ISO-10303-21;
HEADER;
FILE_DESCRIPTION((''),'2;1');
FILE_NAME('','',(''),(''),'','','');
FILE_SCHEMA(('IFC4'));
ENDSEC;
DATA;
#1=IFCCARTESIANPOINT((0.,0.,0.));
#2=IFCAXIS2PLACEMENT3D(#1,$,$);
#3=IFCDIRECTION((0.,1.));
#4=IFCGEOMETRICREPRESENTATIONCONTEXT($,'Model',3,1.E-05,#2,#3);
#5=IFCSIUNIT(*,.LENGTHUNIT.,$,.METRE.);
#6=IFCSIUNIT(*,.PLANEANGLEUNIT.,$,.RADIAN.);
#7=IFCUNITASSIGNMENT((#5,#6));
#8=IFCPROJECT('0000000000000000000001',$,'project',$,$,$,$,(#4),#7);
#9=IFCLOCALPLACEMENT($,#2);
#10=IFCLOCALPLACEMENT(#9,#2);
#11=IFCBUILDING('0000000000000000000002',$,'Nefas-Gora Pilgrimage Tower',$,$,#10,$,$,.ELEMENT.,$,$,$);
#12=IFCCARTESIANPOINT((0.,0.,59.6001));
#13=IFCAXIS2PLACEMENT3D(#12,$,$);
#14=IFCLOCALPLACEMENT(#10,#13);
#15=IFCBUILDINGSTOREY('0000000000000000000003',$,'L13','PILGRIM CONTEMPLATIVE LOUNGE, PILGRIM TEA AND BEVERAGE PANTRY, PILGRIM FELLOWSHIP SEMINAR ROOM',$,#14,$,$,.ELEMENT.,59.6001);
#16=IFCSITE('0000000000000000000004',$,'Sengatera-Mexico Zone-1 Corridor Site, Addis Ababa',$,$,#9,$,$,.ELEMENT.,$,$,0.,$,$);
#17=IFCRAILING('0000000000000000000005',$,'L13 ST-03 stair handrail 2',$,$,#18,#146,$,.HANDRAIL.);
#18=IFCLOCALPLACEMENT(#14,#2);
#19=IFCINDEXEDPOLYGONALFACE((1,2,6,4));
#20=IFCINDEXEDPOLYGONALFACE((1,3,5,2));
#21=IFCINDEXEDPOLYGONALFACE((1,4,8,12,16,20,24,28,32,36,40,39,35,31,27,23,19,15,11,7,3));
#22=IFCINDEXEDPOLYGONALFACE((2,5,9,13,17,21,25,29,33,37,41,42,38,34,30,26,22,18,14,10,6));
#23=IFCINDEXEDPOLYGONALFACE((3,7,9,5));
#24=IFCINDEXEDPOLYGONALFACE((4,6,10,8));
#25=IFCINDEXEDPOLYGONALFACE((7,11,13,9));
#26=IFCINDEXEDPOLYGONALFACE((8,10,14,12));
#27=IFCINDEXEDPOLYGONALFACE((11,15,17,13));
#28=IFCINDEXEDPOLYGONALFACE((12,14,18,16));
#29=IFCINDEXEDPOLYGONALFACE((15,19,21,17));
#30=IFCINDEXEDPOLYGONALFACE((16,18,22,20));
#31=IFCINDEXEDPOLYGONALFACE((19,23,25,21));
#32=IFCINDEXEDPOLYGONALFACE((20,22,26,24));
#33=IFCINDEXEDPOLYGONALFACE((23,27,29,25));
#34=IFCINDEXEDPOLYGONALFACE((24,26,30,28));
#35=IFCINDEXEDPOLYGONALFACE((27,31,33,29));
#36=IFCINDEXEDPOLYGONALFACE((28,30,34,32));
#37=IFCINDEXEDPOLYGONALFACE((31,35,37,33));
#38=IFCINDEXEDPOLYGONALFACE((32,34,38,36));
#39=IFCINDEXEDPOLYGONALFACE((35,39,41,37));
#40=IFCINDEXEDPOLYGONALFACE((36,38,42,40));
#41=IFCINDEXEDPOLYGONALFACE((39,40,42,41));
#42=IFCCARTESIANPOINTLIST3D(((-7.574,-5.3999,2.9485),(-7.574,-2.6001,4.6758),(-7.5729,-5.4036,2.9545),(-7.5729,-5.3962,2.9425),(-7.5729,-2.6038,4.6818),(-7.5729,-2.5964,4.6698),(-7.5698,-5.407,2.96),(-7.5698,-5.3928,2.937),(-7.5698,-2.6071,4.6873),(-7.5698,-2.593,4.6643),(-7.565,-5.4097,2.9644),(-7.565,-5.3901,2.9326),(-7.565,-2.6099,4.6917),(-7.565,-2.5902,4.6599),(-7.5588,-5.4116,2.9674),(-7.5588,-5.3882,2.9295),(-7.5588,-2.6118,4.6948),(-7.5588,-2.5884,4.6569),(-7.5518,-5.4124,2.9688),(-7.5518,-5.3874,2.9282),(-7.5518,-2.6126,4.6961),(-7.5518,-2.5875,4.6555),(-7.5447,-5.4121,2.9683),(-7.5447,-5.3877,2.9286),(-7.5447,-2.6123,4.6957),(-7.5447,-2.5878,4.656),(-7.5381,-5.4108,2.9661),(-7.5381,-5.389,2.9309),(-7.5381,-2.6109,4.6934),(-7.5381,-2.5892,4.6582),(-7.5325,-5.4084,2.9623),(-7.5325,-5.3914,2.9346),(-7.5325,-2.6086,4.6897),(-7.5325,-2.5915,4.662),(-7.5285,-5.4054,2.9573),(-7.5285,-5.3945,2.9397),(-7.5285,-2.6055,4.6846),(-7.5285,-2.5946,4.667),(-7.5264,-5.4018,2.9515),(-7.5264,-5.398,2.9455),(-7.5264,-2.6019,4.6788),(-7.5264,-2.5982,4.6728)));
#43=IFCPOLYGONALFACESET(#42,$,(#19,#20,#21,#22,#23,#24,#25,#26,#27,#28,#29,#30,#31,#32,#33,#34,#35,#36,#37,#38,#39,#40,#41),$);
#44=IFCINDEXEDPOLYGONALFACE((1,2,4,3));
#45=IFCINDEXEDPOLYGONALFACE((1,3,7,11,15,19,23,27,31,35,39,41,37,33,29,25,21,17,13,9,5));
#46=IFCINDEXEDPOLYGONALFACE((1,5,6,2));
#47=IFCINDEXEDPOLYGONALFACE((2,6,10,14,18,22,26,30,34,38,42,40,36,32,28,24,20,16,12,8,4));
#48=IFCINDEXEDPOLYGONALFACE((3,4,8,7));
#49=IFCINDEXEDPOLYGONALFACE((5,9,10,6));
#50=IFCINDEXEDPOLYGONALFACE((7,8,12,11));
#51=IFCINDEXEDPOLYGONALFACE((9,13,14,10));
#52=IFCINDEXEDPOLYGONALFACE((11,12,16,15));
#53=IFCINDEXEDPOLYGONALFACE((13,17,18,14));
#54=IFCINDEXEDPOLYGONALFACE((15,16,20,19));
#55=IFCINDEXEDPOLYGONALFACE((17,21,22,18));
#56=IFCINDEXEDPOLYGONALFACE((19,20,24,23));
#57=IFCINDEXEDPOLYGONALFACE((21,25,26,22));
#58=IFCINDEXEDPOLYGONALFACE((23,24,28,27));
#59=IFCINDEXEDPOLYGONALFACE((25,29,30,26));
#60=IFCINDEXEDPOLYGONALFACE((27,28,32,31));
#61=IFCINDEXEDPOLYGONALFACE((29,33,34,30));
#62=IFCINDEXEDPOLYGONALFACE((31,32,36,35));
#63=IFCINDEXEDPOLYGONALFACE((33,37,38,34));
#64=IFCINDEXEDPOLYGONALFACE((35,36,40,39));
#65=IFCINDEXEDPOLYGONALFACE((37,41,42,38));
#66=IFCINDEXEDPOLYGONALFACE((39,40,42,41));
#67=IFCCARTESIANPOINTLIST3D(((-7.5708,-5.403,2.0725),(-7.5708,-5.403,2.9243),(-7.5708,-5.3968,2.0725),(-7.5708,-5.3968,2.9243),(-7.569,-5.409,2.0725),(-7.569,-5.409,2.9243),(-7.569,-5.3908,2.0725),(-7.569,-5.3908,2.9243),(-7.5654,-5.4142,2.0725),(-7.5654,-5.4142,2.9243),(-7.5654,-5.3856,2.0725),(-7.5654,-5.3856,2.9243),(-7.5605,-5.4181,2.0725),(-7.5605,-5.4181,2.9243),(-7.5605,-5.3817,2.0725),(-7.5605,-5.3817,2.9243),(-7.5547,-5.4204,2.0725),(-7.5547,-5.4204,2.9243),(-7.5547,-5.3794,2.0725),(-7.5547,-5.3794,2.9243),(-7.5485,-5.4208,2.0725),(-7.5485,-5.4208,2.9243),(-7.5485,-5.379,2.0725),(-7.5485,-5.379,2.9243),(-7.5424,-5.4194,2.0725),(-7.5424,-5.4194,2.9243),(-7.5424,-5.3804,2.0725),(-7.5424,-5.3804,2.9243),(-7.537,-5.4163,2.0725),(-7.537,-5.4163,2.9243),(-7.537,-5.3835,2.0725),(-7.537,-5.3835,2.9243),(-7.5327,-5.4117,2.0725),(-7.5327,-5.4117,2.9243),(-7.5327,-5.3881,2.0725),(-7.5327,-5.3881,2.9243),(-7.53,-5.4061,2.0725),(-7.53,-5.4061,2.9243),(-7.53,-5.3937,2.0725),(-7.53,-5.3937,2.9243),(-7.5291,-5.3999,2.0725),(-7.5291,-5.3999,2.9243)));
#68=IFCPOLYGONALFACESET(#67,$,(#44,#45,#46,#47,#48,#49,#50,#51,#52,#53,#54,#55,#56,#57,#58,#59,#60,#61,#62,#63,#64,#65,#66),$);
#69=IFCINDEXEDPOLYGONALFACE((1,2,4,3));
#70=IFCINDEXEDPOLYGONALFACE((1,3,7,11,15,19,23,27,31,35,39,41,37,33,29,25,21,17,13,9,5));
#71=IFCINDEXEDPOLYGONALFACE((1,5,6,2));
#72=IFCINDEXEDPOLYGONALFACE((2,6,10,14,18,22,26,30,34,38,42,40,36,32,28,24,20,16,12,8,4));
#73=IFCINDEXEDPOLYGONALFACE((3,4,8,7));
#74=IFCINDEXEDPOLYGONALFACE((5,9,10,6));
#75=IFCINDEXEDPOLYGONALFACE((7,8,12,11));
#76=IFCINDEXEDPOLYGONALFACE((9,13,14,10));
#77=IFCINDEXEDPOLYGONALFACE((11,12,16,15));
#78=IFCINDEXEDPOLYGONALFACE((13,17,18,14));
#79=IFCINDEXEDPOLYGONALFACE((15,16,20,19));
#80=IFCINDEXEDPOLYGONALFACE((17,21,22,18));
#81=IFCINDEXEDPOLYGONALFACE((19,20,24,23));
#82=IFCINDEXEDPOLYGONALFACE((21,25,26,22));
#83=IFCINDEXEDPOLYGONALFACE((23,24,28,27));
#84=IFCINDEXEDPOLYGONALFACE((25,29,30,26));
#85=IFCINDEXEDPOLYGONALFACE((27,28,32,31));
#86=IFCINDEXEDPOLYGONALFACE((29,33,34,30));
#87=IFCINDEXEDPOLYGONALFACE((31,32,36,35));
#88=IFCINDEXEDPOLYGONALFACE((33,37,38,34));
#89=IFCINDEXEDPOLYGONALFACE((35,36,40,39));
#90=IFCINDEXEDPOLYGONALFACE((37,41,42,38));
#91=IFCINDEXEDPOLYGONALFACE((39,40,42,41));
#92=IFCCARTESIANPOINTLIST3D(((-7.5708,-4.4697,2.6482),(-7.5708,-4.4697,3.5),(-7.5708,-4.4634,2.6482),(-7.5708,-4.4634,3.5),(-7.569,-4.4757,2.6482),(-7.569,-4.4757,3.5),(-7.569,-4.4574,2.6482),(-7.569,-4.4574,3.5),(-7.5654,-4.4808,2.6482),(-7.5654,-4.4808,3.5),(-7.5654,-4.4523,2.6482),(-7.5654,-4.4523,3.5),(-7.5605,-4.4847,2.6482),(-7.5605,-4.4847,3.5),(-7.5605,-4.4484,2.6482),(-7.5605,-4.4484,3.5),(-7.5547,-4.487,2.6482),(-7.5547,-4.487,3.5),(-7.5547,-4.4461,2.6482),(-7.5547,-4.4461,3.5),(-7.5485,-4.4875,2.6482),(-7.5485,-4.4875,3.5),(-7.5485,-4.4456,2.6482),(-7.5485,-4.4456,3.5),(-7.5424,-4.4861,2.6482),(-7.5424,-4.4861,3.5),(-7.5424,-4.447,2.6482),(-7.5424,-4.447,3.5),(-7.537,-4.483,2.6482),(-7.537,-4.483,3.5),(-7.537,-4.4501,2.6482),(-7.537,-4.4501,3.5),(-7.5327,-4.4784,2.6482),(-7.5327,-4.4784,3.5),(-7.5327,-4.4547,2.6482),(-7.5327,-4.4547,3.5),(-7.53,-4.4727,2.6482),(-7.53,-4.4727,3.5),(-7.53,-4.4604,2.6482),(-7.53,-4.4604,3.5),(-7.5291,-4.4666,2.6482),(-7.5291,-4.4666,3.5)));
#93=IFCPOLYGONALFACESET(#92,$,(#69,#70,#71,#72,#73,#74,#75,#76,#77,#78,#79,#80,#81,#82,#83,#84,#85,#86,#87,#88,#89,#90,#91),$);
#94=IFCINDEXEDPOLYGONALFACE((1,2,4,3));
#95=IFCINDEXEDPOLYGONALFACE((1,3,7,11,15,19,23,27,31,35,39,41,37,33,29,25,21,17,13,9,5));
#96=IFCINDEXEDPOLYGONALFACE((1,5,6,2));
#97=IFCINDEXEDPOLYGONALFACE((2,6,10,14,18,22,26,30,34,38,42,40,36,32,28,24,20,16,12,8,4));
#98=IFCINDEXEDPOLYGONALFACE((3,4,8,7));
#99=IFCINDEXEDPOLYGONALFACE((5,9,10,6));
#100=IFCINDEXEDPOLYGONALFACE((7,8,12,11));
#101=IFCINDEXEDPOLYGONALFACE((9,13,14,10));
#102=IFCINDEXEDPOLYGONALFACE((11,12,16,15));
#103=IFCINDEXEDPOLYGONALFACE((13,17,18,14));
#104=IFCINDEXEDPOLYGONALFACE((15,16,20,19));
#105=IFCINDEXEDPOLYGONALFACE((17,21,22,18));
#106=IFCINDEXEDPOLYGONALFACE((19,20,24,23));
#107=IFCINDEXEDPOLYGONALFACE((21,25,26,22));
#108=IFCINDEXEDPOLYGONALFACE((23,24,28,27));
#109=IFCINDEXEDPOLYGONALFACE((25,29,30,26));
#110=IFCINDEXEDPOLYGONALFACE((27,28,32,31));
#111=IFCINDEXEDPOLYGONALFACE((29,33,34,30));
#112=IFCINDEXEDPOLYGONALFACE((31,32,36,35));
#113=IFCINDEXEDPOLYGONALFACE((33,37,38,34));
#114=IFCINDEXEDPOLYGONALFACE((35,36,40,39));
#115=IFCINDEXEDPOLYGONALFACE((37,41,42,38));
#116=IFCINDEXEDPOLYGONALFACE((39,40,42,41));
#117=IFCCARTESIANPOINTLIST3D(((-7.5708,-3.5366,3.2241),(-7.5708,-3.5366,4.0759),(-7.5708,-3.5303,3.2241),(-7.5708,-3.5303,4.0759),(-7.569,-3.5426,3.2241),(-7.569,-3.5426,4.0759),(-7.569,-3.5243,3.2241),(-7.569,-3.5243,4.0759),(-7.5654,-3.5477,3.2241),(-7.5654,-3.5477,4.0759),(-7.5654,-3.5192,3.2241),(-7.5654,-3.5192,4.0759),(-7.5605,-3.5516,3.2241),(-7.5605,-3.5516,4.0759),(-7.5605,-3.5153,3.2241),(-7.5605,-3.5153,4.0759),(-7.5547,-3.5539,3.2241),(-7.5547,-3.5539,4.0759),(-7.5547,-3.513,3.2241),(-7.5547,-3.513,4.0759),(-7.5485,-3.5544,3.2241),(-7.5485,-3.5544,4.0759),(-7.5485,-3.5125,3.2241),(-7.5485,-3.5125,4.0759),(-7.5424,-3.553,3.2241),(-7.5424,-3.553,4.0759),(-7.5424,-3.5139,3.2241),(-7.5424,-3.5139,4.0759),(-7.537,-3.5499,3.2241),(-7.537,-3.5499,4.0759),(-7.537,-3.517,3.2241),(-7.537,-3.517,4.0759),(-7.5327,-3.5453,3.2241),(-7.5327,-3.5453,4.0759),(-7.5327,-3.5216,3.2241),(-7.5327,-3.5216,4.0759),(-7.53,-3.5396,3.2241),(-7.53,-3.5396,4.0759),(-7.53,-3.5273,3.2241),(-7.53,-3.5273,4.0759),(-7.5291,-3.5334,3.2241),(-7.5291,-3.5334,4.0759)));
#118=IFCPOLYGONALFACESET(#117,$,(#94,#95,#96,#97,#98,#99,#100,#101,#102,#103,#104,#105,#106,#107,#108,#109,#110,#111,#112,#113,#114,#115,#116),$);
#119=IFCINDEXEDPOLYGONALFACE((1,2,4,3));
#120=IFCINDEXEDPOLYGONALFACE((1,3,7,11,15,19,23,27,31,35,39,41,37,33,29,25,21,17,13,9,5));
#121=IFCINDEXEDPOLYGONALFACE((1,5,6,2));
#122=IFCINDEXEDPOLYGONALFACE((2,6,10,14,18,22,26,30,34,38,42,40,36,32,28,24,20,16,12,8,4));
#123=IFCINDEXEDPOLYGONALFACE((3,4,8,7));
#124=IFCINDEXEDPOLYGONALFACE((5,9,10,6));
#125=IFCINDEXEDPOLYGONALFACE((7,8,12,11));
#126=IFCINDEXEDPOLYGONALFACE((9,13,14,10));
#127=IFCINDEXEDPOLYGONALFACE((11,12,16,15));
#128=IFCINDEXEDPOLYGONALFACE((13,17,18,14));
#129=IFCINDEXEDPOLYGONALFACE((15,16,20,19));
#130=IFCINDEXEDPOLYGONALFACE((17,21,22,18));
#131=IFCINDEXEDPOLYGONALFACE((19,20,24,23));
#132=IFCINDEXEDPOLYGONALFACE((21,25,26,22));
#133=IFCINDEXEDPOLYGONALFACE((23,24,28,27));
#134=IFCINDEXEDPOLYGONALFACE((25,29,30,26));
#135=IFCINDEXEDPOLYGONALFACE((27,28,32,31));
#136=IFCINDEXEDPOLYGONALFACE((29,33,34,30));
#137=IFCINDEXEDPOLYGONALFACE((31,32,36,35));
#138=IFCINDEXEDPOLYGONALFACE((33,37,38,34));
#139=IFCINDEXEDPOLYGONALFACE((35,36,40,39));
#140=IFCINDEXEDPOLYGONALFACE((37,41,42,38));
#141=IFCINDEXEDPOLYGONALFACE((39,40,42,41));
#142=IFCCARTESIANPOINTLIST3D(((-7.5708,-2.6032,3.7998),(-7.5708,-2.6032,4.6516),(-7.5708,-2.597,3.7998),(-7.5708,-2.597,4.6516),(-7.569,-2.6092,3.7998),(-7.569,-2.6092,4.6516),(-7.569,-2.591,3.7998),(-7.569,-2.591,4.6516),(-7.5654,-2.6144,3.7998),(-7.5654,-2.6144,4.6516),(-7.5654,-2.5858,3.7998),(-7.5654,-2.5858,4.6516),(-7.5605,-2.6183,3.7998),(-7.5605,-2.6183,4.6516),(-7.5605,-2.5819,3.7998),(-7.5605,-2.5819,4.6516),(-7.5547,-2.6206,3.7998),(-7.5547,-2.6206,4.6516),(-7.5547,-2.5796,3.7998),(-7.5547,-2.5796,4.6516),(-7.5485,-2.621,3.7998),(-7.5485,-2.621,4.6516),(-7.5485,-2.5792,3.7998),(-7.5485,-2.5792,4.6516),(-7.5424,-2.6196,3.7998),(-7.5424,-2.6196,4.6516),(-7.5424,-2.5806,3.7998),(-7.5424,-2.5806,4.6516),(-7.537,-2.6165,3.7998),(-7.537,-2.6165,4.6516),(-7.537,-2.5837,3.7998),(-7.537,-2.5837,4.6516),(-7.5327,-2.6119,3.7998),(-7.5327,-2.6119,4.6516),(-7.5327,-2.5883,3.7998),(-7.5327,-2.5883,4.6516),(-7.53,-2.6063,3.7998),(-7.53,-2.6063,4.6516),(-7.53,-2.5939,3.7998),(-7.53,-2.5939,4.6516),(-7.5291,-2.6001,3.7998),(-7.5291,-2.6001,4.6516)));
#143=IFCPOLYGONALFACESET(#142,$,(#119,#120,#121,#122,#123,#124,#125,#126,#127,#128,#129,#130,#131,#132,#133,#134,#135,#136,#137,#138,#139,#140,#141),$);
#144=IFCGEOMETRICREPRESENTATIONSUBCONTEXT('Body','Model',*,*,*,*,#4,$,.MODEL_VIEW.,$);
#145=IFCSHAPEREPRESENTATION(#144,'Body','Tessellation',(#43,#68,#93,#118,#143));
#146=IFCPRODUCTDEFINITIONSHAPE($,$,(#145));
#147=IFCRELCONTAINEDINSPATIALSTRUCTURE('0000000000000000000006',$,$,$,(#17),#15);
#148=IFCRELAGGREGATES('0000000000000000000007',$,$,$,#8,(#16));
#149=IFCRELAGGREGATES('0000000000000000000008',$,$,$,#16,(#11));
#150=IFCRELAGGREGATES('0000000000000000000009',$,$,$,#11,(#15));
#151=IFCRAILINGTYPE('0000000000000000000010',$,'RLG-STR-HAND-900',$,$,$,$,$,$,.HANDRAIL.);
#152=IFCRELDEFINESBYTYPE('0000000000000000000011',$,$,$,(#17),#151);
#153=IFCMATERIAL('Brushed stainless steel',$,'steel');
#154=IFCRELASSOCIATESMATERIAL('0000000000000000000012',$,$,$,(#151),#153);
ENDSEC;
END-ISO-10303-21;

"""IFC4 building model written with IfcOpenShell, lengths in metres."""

from ifc_helpers import new_model, si_unit, direction, frame, origin, origin_2d, place, context, subcontext, project, spatial, circle, extrude, material, type_object, element, save


model = new_model("IFC4")

# Units and contexts
model_context = context("Model", 3, precision=1e-05, world=origin(), true_north=direction((0.0, 1.0)))
body_context = subcontext(model_context, "Body", "Model", "MODEL_VIEW")
ifc_project = project(units=[si_unit("LENGTHUNIT", "METRE"), si_unit("PLANEANGLEUNIT", "RADIAN")], contexts=[model_context])

# Site, building, storey
site_placement = place(None, origin())
site = spatial("IfcSite", under=ifc_project, at=site_placement, Name="Sengatera-Mexico Zone-1 Corridor Site, Addis Ababa", CompositionType="ELEMENT", RefElevation=0.0)
building_placement = place(site_placement, origin())
building = spatial("IfcBuilding", under=site, at=building_placement, Name="Nefas-Gora Pilgrimage Tower", CompositionType="ELEMENT")
storey_placement = place(building_placement, frame((0.0, 0.0, 59.6001)))
storey = spatial("IfcBuildingStorey", under=building, at=storey_placement, Name="L13", Description="PILGRIM CONTEMPLATIVE LOUNGE, PILGRIM TEA AND BEVERAGE PANTRY, PILGRIM FELLOWSHIP SEMINAR ROOM", CompositionType="ELEMENT", Elevation=59.6001)

# Railing
ifc_material_1 = material(Name="Brushed stainless steel", Category="steel")
railing_type_1 = type_object("IfcRailingType", Name="RLG-STR-HAND-900", PredefinedType="HANDRAIL", material=ifc_material_1)
railing_1_placement = place(storey_placement, frame((-7.55, -5.3999, 2.0725)))
element("IfcRailing", 1, at=railing_1_placement, inside=storey, type_object=railing_type_1, Name="L13 ST-03 stair handrail 2", PredefinedType="HANDRAIL", context=body_context, shape_type="SweptSolid", body=[
    extrude(circle(Radius=0.0239, at=origin_2d()), frame((0.0, 0.0, 0.876), z_axis=(0.0, 0.851069, 0.525054), x_axis=(-1.0, 0.0, 0.0)), (0.0, 0.0, 1.0), 3.2898),
    extrude(circle(Radius=0.021, at=origin_2d()), origin(), (0.0, 0.0, 1.0), 0.8518),
    extrude(circle(Radius=0.021, at=origin_2d()), frame((0.0, 0.9333, 0.5757)), (0.0, 0.0, 1.0), 0.8518),
    extrude(circle(Radius=0.021, at=origin_2d()), frame((0.0, 1.8665, 1.1516)), (0.0, 0.0, 1.0), 0.8518),
    extrude(circle(Radius=0.021, at=origin_2d()), frame((0.0, 2.7998, 1.7273)), (0.0, 0.0, 1.0), 0.8518),
])

save(model, "model.ifc")
